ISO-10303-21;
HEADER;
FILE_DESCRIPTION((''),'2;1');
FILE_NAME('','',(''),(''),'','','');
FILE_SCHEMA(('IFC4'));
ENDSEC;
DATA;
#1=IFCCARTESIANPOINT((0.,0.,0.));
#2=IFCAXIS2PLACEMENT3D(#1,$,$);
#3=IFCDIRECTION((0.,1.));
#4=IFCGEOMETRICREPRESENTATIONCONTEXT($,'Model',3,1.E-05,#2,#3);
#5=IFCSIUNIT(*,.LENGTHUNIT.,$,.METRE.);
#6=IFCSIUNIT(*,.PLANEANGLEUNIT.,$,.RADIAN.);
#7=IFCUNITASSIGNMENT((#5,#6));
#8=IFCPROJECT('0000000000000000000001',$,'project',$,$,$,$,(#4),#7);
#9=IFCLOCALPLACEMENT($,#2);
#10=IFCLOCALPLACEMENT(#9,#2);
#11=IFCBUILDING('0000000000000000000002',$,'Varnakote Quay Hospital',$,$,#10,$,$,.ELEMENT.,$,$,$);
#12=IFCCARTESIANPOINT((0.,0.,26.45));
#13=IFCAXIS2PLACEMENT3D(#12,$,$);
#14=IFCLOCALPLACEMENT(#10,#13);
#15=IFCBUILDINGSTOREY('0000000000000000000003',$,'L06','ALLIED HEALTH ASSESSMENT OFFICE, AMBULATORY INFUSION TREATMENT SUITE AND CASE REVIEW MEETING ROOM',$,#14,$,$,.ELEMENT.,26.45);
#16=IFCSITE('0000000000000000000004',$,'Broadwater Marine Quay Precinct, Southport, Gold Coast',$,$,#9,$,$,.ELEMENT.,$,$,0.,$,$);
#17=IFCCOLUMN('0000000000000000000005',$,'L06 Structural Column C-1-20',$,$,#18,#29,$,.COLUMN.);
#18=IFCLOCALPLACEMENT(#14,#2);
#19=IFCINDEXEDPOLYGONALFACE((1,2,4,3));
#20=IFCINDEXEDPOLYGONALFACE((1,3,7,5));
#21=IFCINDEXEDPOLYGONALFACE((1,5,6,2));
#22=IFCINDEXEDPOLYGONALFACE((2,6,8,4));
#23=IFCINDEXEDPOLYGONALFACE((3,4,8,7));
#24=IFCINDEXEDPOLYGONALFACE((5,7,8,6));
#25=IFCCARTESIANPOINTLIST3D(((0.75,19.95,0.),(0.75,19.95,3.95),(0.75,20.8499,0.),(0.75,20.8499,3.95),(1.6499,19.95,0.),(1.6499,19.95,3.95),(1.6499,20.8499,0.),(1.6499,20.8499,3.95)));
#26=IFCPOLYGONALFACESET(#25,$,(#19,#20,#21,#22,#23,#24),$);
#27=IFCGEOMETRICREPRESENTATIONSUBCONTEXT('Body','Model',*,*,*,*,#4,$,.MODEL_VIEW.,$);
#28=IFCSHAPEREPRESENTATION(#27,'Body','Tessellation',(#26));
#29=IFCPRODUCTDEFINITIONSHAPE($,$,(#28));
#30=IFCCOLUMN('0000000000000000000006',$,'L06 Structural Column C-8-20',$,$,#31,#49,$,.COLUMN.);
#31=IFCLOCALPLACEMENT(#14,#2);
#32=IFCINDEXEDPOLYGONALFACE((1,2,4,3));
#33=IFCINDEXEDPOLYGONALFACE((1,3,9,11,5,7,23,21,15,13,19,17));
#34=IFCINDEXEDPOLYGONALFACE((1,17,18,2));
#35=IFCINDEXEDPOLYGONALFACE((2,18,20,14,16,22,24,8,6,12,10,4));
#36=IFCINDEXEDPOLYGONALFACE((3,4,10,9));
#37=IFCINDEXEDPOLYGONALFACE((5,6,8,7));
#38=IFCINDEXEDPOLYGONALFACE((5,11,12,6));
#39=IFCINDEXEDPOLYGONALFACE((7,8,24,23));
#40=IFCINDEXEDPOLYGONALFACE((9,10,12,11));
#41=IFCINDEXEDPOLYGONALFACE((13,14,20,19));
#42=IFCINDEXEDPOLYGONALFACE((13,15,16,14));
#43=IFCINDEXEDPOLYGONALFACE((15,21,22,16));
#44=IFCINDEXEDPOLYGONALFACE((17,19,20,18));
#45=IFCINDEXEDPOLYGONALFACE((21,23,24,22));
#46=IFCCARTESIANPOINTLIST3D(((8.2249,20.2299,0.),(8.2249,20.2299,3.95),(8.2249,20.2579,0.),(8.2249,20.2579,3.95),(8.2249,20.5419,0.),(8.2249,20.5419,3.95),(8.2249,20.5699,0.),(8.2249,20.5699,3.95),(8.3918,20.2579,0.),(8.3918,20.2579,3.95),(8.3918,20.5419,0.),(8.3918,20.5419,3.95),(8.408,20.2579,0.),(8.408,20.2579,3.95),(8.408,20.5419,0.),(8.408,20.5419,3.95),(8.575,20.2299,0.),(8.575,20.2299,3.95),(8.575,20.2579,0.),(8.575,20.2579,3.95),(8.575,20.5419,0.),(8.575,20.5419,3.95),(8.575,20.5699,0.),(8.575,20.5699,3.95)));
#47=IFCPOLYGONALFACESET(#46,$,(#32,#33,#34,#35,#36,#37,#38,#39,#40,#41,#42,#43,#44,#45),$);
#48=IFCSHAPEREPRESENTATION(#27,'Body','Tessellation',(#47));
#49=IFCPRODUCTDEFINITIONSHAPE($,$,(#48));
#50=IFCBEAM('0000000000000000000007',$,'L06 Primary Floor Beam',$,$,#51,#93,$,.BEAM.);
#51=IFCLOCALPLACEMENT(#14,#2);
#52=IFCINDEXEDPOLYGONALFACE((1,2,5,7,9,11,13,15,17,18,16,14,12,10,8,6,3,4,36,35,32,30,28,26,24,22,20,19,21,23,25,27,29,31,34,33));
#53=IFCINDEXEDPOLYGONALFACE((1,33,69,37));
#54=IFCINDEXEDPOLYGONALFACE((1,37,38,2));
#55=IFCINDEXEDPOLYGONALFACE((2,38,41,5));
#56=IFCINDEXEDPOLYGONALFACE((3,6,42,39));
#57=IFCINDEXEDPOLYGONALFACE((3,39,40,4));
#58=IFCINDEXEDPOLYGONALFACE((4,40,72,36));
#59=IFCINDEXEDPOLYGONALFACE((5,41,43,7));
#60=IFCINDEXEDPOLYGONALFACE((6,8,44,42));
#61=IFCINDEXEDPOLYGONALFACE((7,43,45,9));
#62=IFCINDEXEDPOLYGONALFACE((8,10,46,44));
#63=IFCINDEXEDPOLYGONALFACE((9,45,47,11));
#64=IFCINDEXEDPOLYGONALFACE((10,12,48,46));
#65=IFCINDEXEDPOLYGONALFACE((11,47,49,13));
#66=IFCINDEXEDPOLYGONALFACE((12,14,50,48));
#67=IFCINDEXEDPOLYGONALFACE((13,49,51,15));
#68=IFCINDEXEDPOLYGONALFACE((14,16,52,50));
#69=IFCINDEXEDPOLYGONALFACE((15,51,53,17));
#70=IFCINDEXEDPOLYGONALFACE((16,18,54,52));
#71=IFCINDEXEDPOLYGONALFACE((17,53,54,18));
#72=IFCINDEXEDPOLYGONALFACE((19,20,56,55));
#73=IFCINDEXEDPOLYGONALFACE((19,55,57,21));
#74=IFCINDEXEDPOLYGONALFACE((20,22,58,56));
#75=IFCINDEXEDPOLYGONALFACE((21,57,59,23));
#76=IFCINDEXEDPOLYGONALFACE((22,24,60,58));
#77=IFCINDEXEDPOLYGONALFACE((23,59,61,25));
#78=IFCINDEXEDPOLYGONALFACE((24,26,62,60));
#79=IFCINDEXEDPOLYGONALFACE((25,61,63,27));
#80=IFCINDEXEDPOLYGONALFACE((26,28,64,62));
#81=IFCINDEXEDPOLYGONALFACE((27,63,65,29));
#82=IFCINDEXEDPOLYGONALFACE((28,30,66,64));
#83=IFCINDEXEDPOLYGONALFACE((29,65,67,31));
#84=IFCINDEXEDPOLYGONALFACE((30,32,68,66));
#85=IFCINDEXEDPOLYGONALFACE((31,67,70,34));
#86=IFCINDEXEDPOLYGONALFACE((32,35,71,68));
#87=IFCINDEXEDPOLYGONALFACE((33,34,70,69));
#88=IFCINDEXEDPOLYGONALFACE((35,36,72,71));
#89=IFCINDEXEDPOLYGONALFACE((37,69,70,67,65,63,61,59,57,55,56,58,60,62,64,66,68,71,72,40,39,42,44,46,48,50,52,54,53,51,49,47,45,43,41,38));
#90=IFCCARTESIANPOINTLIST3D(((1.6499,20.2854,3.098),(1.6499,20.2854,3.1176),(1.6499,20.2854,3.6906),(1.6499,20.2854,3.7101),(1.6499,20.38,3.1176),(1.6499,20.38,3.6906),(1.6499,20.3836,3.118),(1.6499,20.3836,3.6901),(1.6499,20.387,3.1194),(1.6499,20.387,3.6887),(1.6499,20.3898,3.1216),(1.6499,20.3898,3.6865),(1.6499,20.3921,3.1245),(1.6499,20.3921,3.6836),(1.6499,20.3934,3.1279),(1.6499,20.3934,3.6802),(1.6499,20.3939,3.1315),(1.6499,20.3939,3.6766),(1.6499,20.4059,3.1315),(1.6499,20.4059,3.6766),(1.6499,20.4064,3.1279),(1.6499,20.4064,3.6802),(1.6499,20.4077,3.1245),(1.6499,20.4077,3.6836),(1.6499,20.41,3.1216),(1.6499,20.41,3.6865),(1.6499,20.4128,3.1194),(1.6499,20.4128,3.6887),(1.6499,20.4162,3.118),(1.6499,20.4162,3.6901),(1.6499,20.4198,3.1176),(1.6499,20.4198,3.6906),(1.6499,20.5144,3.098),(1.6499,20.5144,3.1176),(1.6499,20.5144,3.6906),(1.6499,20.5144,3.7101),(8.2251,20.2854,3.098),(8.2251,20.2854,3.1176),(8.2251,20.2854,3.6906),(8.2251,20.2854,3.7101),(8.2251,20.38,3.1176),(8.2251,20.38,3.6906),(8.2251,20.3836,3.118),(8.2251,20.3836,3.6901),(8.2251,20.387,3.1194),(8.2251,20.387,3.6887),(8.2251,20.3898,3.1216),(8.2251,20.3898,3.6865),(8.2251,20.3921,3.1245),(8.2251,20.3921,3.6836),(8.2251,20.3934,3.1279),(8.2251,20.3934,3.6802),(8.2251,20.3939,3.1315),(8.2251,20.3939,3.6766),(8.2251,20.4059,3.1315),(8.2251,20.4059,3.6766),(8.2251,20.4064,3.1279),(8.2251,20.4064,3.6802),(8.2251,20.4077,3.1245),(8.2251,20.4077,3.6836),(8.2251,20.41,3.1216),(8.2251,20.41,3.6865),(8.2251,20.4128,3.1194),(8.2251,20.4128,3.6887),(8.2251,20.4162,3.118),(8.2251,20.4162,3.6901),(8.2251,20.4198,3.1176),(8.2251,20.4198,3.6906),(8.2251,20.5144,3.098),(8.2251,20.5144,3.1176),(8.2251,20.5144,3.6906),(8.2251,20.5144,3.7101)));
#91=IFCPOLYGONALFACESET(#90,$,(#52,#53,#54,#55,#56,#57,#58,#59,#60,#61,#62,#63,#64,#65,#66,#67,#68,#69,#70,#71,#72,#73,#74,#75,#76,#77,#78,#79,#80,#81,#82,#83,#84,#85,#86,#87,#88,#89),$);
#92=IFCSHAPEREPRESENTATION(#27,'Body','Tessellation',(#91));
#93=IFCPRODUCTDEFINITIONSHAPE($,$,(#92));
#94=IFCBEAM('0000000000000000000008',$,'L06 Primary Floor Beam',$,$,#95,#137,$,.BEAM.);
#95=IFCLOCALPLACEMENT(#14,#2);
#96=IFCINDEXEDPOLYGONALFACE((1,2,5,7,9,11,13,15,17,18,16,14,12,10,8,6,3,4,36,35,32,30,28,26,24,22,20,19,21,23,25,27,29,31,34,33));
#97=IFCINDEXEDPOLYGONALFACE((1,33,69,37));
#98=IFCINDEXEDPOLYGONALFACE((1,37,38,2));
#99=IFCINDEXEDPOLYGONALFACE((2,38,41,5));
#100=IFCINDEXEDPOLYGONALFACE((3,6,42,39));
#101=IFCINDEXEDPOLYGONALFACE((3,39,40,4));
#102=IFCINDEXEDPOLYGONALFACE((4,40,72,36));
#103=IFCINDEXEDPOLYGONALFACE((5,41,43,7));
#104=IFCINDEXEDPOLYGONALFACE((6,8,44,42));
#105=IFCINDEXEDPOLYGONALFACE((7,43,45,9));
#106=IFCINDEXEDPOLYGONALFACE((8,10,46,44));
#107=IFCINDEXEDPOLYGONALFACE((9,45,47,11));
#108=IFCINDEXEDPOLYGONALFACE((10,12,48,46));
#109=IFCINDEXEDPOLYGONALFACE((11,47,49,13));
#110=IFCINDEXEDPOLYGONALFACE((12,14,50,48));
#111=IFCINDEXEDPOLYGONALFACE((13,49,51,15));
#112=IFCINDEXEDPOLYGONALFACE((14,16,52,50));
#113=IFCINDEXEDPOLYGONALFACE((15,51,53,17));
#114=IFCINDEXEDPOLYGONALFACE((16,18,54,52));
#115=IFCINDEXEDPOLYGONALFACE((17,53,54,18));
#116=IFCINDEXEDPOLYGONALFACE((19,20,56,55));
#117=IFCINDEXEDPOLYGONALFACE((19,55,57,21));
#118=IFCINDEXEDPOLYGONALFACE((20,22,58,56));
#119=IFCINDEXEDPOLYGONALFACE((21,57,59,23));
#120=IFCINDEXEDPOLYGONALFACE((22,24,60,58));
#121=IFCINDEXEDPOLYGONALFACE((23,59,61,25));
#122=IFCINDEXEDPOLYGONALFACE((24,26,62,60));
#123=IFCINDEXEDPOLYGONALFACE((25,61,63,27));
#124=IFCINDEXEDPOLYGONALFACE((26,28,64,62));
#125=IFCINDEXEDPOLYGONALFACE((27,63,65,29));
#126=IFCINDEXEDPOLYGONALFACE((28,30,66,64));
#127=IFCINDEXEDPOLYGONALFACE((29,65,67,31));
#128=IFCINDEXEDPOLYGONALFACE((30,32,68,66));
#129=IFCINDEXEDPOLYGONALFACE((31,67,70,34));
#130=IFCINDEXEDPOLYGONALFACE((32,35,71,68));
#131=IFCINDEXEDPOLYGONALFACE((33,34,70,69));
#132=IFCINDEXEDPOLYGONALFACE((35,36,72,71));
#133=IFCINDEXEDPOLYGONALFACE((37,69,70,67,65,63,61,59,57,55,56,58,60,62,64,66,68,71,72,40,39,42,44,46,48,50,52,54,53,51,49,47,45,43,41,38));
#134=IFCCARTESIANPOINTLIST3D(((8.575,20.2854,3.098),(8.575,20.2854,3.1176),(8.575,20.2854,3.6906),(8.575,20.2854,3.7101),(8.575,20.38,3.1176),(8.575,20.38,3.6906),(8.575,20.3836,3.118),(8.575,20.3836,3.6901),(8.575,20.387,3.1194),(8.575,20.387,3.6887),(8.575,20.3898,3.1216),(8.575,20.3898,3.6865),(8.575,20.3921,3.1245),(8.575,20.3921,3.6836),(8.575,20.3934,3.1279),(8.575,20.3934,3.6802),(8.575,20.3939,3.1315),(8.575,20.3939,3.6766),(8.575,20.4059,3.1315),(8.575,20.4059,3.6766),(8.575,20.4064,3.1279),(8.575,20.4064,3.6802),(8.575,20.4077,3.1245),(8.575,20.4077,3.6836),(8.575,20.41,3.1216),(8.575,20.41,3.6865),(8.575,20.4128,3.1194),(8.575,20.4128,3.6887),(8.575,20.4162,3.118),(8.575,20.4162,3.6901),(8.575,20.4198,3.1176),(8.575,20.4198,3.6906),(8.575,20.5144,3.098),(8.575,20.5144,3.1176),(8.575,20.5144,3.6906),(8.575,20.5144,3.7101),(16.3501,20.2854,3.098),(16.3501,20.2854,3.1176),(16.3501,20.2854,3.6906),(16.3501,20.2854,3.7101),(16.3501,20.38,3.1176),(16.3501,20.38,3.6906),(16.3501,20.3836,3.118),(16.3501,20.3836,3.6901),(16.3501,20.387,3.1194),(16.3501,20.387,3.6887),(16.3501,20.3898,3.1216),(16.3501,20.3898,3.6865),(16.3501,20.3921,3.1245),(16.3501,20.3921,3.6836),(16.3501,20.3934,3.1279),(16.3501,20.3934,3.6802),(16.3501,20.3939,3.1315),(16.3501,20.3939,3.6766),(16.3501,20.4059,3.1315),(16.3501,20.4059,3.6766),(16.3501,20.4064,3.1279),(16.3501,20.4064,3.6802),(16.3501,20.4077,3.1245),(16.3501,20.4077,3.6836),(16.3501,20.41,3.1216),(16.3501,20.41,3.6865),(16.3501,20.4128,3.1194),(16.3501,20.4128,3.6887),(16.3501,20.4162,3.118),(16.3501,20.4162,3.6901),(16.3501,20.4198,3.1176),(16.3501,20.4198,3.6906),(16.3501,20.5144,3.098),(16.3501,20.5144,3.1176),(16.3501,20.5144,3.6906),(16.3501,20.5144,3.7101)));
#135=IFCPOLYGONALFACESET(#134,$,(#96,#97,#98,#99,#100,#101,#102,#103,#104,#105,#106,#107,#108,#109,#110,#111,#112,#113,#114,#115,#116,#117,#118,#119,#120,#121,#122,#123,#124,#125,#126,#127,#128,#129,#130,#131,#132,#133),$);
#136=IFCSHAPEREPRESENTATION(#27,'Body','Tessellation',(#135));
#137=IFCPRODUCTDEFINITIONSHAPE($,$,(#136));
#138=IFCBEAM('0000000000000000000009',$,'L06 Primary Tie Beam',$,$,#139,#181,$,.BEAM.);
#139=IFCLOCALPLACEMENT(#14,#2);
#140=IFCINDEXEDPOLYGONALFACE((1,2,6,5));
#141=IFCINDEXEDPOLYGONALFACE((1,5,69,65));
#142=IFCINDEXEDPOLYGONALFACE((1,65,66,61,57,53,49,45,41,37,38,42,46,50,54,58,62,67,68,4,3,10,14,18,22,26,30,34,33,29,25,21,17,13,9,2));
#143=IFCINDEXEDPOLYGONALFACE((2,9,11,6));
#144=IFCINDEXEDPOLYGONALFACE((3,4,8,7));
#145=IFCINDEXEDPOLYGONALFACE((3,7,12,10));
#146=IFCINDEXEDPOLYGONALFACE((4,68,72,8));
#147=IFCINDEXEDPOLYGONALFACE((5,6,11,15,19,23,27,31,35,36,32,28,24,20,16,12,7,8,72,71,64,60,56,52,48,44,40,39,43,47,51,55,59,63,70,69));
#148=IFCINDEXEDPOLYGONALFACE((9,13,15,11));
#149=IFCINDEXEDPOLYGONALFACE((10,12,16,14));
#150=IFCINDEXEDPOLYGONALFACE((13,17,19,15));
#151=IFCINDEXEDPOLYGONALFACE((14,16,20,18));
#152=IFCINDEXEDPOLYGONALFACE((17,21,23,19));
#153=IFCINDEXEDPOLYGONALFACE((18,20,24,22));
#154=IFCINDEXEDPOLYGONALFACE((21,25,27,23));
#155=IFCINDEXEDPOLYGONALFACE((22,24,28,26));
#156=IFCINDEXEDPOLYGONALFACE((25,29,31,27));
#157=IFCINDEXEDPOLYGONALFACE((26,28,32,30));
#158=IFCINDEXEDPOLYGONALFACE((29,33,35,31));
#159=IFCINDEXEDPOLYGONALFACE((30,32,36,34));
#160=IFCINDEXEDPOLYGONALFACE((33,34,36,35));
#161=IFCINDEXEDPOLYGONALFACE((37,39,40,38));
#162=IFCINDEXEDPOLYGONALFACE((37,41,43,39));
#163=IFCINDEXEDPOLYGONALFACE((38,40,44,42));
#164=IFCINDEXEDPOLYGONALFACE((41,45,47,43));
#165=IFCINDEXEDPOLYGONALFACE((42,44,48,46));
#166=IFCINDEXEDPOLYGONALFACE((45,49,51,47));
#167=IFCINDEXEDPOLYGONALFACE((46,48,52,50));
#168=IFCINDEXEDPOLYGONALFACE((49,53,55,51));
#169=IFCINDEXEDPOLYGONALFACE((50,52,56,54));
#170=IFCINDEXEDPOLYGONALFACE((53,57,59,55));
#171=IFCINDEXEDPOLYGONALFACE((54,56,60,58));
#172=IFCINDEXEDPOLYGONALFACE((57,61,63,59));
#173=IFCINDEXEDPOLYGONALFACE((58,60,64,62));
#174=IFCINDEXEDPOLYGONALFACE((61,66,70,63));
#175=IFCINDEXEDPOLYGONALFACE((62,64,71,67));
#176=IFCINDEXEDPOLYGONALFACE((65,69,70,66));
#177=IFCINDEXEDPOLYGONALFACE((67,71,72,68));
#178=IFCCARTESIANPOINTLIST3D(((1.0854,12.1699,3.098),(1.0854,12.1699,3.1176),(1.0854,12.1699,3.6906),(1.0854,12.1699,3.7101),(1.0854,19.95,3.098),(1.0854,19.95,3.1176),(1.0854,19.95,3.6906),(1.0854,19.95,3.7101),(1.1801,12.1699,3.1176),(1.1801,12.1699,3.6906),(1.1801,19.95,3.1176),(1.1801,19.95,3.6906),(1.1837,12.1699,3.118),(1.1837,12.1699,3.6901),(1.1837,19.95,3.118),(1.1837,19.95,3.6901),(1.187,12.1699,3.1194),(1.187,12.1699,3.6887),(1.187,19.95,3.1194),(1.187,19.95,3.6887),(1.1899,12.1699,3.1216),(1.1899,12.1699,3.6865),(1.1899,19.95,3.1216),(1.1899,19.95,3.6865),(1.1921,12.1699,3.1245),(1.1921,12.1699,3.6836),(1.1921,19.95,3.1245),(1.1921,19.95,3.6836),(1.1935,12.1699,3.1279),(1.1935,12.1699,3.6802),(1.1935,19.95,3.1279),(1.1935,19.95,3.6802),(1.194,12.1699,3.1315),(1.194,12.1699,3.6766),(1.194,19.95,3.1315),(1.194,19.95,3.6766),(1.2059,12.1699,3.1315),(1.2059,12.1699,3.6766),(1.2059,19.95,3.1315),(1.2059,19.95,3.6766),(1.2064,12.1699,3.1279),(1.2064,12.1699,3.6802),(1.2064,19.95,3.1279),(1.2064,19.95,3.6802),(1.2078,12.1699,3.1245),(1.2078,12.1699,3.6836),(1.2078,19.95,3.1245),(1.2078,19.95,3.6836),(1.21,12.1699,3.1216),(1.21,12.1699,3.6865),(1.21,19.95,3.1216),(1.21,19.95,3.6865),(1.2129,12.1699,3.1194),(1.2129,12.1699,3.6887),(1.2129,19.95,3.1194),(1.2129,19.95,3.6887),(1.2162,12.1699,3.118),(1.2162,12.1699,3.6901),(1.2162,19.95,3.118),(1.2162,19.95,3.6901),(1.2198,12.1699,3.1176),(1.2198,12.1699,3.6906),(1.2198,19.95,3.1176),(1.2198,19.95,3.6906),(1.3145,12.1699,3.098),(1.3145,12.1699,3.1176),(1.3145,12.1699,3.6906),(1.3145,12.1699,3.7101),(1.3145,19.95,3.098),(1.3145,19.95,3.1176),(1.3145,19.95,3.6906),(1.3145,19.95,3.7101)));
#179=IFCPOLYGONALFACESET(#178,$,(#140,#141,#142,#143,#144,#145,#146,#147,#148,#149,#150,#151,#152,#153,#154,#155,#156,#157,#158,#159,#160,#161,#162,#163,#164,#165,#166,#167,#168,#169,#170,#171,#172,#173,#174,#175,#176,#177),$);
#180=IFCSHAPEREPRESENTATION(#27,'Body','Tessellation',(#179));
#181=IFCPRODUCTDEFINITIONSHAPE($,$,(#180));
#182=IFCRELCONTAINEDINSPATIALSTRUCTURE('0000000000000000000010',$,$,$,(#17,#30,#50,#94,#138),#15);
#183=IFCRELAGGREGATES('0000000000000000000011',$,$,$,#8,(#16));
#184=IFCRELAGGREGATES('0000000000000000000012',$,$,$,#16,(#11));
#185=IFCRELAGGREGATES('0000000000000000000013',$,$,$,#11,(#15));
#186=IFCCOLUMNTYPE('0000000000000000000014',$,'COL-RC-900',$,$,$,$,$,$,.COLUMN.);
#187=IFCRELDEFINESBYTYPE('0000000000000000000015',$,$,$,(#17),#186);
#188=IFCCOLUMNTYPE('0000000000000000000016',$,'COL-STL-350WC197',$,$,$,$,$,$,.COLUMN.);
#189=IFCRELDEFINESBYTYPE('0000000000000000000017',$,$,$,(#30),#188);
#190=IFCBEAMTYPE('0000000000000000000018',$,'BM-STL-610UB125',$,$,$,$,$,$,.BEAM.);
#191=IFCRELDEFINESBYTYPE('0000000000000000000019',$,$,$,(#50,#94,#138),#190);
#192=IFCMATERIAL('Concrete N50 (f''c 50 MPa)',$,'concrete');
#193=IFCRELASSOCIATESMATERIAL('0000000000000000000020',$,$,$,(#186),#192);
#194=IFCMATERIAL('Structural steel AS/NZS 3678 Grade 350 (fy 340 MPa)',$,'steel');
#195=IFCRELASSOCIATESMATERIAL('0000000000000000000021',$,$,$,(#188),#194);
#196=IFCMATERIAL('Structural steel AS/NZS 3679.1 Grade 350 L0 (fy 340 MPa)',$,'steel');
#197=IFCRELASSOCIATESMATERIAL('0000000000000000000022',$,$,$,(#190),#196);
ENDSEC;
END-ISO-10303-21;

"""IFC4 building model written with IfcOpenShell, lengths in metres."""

from ifc_helpers import new_model, si_unit, direction, frame, origin, origin_2d, place, context, subcontext, project, spatial, rectangle, i_section, extrude, material, material_profile, profile_set, type_object, element, save


model = new_model("IFC4")

# Units and contexts
model_context = context("Model", 3, precision=1e-05, world=origin(), true_north=direction((0.0, 1.0)))
body_context = subcontext(model_context, "Body", "Model", "MODEL_VIEW")
ifc_project = project(units=[si_unit("LENGTHUNIT", "METRE"), si_unit("PLANEANGLEUNIT", "RADIAN")], contexts=[model_context])

# Site, building, storey
site_placement = place(None, origin())
site = spatial("IfcSite", under=ifc_project, at=site_placement, Name="Broadwater Marine Quay Precinct, Southport, Gold Coast", CompositionType="ELEMENT", RefElevation=0.0)
building_placement = place(site_placement, origin())
building = spatial("IfcBuilding", under=site, at=building_placement, Name="Varnakote Quay Hospital", CompositionType="ELEMENT")
storey_placement = place(building_placement, frame((0.0, 0.0, 26.45)))
storey = spatial("IfcBuildingStorey", under=building, at=storey_placement, Name="L06", Description="ALLIED HEALTH ASSESSMENT OFFICE, AMBULATORY INFUSION TREATMENT SUITE AND CASE REVIEW MEETING ROOM", CompositionType="ELEMENT", Elevation=26.45)

# Columns
ifc_material_1 = material(Name="Concrete N50 (f'c 50 MPa)", Category="concrete")
ifc_material_profile_1 = material_profile(ifc_material_1, rectangle(XDim=0.8999, YDim=0.8999, at=origin_2d()), Name="RC-COL-900x900")
ifc_profile_set_1 = profile_set([ifc_material_profile_1], Name="Concrete N50 (f'c 50 MPa)")
column_type_1 = type_object("IfcColumnType", Name="COL-RC-900", PredefinedType="COLUMN", material=ifc_profile_set_1)
column_1_placement = place(storey_placement, frame((1.2, 20.3999, 0.0), z_axis=(0.0, 0.0, 1.0), x_axis=(1.0, 0.0, 0.0)))
element("IfcColumn", 1, at=column_1_placement, inside=storey, type_object=column_type_1, Name="L06 Structural Column C-1-20", PredefinedType="COLUMN", context=body_context, shape_type="SweptSolid", body=[
    extrude(rectangle(XDim=0.8999, YDim=0.8999, at=origin_2d()), origin(), (0.0, 0.0, 1.0), 3.95),
])
ifc_material_2 = material(Name="Structural steel AS/NZS 3678 Grade 350 (fy 340 MPa)", Category="steel")
ifc_material_profile_2 = material_profile(ifc_material_2, i_section(OverallWidth=0.3501, OverallDepth=0.3401, WebThickness=0.0161, FlangeThickness=0.0281, at=origin_2d()), Name="350WC197")
ifc_profile_set_2 = profile_set([ifc_material_profile_2], Name="Structural steel AS/NZS 3678 Grade 350 (fy 340 MPa)")
column_type_2 = type_object("IfcColumnType", Name="COL-STL-350WC197", PredefinedType="COLUMN", material=ifc_profile_set_2)
column_2_placement = place(storey_placement, frame((8.3999, 20.3999, 0.0), z_axis=(0.0, 0.0, 1.0), x_axis=(1.0, 0.0, 0.0)))
element("IfcColumn", 2, at=column_2_placement, inside=storey, type_object=column_type_2, Name="L06 Structural Column C-8-20", PredefinedType="COLUMN", context=body_context, shape_type="SweptSolid", body=[
    extrude(i_section(OverallWidth=0.3501, OverallDepth=0.3401, WebThickness=0.0161, FlangeThickness=0.0281, at=origin_2d()), origin(), (0.0, 0.0, 1.0), 3.95),
])

# Beams
ifc_material_3 = material(Name="Structural steel AS/NZS 3679.1 Grade 350 L0 (fy 340 MPa)", Category="steel")
ifc_material_profile_3 = material_profile(ifc_material_3, i_section(OverallWidth=0.229, OverallDepth=0.6121, WebThickness=0.012, FlangeThickness=0.0195, FilletRadius=0.0139, at=origin_2d()), Name="610UB125")
ifc_profile_set_3 = profile_set([ifc_material_profile_3], Name="Structural steel AS/NZS 3679.1 Grade 350 L0 (fy 340 MPa)")
beam_type = type_object("IfcBeamType", Name="BM-STL-610UB125", PredefinedType="BEAM", material=ifc_profile_set_3)
beam_1_placement = place(storey_placement, frame((1.6499, 20.3999, 3.4041), z_axis=(1.0, 0.0, 0.0), x_axis=(0.0, 1.0, 0.0)))
element("IfcBeam", 3, at=beam_1_placement, inside=storey, type_object=beam_type, Name="L06 Primary Floor Beam", PredefinedType="BEAM", context=body_context, shape_type="SweptSolid", body=[
    extrude(i_section(OverallWidth=0.229, OverallDepth=0.6121, WebThickness=0.012, FlangeThickness=0.0195, FilletRadius=0.0139, at=origin_2d()), origin(), (0.0, 0.0, 1.0), 6.5752),
])
beam_2_placement = place(storey_placement, frame((8.575, 20.3999, 3.4041), z_axis=(1.0, 0.0, 0.0), x_axis=(0.0, 1.0, 0.0)))
element("IfcBeam", 4, at=beam_2_placement, inside=storey, type_object=beam_type, Name="L06 Primary Floor Beam", PredefinedType="BEAM", context=body_context, shape_type="SweptSolid", body=[
    extrude(i_section(OverallWidth=0.229, OverallDepth=0.6121, WebThickness=0.012, FlangeThickness=0.0195, FilletRadius=0.0139, at=origin_2d()), origin(), (0.0, 0.0, 1.0), 7.7751),
])
beam_3_placement = place(storey_placement, frame((1.2, 12.1699, 3.4041), z_axis=(0.0, 1.0, 0.0), x_axis=(-1.0, 0.0, 0.0)))
element("IfcBeam", 5, at=beam_3_placement, inside=storey, type_object=beam_type, Name="L06 Primary Tie Beam", PredefinedType="BEAM", context=body_context, shape_type="SweptSolid", body=[
    extrude(i_section(OverallWidth=0.229, OverallDepth=0.6121, WebThickness=0.012, FlangeThickness=0.0195, FilletRadius=0.0139, at=origin_2d()), origin(), (0.0, 0.0, 1.0), 7.78),
])

save(model, "model.ifc")
